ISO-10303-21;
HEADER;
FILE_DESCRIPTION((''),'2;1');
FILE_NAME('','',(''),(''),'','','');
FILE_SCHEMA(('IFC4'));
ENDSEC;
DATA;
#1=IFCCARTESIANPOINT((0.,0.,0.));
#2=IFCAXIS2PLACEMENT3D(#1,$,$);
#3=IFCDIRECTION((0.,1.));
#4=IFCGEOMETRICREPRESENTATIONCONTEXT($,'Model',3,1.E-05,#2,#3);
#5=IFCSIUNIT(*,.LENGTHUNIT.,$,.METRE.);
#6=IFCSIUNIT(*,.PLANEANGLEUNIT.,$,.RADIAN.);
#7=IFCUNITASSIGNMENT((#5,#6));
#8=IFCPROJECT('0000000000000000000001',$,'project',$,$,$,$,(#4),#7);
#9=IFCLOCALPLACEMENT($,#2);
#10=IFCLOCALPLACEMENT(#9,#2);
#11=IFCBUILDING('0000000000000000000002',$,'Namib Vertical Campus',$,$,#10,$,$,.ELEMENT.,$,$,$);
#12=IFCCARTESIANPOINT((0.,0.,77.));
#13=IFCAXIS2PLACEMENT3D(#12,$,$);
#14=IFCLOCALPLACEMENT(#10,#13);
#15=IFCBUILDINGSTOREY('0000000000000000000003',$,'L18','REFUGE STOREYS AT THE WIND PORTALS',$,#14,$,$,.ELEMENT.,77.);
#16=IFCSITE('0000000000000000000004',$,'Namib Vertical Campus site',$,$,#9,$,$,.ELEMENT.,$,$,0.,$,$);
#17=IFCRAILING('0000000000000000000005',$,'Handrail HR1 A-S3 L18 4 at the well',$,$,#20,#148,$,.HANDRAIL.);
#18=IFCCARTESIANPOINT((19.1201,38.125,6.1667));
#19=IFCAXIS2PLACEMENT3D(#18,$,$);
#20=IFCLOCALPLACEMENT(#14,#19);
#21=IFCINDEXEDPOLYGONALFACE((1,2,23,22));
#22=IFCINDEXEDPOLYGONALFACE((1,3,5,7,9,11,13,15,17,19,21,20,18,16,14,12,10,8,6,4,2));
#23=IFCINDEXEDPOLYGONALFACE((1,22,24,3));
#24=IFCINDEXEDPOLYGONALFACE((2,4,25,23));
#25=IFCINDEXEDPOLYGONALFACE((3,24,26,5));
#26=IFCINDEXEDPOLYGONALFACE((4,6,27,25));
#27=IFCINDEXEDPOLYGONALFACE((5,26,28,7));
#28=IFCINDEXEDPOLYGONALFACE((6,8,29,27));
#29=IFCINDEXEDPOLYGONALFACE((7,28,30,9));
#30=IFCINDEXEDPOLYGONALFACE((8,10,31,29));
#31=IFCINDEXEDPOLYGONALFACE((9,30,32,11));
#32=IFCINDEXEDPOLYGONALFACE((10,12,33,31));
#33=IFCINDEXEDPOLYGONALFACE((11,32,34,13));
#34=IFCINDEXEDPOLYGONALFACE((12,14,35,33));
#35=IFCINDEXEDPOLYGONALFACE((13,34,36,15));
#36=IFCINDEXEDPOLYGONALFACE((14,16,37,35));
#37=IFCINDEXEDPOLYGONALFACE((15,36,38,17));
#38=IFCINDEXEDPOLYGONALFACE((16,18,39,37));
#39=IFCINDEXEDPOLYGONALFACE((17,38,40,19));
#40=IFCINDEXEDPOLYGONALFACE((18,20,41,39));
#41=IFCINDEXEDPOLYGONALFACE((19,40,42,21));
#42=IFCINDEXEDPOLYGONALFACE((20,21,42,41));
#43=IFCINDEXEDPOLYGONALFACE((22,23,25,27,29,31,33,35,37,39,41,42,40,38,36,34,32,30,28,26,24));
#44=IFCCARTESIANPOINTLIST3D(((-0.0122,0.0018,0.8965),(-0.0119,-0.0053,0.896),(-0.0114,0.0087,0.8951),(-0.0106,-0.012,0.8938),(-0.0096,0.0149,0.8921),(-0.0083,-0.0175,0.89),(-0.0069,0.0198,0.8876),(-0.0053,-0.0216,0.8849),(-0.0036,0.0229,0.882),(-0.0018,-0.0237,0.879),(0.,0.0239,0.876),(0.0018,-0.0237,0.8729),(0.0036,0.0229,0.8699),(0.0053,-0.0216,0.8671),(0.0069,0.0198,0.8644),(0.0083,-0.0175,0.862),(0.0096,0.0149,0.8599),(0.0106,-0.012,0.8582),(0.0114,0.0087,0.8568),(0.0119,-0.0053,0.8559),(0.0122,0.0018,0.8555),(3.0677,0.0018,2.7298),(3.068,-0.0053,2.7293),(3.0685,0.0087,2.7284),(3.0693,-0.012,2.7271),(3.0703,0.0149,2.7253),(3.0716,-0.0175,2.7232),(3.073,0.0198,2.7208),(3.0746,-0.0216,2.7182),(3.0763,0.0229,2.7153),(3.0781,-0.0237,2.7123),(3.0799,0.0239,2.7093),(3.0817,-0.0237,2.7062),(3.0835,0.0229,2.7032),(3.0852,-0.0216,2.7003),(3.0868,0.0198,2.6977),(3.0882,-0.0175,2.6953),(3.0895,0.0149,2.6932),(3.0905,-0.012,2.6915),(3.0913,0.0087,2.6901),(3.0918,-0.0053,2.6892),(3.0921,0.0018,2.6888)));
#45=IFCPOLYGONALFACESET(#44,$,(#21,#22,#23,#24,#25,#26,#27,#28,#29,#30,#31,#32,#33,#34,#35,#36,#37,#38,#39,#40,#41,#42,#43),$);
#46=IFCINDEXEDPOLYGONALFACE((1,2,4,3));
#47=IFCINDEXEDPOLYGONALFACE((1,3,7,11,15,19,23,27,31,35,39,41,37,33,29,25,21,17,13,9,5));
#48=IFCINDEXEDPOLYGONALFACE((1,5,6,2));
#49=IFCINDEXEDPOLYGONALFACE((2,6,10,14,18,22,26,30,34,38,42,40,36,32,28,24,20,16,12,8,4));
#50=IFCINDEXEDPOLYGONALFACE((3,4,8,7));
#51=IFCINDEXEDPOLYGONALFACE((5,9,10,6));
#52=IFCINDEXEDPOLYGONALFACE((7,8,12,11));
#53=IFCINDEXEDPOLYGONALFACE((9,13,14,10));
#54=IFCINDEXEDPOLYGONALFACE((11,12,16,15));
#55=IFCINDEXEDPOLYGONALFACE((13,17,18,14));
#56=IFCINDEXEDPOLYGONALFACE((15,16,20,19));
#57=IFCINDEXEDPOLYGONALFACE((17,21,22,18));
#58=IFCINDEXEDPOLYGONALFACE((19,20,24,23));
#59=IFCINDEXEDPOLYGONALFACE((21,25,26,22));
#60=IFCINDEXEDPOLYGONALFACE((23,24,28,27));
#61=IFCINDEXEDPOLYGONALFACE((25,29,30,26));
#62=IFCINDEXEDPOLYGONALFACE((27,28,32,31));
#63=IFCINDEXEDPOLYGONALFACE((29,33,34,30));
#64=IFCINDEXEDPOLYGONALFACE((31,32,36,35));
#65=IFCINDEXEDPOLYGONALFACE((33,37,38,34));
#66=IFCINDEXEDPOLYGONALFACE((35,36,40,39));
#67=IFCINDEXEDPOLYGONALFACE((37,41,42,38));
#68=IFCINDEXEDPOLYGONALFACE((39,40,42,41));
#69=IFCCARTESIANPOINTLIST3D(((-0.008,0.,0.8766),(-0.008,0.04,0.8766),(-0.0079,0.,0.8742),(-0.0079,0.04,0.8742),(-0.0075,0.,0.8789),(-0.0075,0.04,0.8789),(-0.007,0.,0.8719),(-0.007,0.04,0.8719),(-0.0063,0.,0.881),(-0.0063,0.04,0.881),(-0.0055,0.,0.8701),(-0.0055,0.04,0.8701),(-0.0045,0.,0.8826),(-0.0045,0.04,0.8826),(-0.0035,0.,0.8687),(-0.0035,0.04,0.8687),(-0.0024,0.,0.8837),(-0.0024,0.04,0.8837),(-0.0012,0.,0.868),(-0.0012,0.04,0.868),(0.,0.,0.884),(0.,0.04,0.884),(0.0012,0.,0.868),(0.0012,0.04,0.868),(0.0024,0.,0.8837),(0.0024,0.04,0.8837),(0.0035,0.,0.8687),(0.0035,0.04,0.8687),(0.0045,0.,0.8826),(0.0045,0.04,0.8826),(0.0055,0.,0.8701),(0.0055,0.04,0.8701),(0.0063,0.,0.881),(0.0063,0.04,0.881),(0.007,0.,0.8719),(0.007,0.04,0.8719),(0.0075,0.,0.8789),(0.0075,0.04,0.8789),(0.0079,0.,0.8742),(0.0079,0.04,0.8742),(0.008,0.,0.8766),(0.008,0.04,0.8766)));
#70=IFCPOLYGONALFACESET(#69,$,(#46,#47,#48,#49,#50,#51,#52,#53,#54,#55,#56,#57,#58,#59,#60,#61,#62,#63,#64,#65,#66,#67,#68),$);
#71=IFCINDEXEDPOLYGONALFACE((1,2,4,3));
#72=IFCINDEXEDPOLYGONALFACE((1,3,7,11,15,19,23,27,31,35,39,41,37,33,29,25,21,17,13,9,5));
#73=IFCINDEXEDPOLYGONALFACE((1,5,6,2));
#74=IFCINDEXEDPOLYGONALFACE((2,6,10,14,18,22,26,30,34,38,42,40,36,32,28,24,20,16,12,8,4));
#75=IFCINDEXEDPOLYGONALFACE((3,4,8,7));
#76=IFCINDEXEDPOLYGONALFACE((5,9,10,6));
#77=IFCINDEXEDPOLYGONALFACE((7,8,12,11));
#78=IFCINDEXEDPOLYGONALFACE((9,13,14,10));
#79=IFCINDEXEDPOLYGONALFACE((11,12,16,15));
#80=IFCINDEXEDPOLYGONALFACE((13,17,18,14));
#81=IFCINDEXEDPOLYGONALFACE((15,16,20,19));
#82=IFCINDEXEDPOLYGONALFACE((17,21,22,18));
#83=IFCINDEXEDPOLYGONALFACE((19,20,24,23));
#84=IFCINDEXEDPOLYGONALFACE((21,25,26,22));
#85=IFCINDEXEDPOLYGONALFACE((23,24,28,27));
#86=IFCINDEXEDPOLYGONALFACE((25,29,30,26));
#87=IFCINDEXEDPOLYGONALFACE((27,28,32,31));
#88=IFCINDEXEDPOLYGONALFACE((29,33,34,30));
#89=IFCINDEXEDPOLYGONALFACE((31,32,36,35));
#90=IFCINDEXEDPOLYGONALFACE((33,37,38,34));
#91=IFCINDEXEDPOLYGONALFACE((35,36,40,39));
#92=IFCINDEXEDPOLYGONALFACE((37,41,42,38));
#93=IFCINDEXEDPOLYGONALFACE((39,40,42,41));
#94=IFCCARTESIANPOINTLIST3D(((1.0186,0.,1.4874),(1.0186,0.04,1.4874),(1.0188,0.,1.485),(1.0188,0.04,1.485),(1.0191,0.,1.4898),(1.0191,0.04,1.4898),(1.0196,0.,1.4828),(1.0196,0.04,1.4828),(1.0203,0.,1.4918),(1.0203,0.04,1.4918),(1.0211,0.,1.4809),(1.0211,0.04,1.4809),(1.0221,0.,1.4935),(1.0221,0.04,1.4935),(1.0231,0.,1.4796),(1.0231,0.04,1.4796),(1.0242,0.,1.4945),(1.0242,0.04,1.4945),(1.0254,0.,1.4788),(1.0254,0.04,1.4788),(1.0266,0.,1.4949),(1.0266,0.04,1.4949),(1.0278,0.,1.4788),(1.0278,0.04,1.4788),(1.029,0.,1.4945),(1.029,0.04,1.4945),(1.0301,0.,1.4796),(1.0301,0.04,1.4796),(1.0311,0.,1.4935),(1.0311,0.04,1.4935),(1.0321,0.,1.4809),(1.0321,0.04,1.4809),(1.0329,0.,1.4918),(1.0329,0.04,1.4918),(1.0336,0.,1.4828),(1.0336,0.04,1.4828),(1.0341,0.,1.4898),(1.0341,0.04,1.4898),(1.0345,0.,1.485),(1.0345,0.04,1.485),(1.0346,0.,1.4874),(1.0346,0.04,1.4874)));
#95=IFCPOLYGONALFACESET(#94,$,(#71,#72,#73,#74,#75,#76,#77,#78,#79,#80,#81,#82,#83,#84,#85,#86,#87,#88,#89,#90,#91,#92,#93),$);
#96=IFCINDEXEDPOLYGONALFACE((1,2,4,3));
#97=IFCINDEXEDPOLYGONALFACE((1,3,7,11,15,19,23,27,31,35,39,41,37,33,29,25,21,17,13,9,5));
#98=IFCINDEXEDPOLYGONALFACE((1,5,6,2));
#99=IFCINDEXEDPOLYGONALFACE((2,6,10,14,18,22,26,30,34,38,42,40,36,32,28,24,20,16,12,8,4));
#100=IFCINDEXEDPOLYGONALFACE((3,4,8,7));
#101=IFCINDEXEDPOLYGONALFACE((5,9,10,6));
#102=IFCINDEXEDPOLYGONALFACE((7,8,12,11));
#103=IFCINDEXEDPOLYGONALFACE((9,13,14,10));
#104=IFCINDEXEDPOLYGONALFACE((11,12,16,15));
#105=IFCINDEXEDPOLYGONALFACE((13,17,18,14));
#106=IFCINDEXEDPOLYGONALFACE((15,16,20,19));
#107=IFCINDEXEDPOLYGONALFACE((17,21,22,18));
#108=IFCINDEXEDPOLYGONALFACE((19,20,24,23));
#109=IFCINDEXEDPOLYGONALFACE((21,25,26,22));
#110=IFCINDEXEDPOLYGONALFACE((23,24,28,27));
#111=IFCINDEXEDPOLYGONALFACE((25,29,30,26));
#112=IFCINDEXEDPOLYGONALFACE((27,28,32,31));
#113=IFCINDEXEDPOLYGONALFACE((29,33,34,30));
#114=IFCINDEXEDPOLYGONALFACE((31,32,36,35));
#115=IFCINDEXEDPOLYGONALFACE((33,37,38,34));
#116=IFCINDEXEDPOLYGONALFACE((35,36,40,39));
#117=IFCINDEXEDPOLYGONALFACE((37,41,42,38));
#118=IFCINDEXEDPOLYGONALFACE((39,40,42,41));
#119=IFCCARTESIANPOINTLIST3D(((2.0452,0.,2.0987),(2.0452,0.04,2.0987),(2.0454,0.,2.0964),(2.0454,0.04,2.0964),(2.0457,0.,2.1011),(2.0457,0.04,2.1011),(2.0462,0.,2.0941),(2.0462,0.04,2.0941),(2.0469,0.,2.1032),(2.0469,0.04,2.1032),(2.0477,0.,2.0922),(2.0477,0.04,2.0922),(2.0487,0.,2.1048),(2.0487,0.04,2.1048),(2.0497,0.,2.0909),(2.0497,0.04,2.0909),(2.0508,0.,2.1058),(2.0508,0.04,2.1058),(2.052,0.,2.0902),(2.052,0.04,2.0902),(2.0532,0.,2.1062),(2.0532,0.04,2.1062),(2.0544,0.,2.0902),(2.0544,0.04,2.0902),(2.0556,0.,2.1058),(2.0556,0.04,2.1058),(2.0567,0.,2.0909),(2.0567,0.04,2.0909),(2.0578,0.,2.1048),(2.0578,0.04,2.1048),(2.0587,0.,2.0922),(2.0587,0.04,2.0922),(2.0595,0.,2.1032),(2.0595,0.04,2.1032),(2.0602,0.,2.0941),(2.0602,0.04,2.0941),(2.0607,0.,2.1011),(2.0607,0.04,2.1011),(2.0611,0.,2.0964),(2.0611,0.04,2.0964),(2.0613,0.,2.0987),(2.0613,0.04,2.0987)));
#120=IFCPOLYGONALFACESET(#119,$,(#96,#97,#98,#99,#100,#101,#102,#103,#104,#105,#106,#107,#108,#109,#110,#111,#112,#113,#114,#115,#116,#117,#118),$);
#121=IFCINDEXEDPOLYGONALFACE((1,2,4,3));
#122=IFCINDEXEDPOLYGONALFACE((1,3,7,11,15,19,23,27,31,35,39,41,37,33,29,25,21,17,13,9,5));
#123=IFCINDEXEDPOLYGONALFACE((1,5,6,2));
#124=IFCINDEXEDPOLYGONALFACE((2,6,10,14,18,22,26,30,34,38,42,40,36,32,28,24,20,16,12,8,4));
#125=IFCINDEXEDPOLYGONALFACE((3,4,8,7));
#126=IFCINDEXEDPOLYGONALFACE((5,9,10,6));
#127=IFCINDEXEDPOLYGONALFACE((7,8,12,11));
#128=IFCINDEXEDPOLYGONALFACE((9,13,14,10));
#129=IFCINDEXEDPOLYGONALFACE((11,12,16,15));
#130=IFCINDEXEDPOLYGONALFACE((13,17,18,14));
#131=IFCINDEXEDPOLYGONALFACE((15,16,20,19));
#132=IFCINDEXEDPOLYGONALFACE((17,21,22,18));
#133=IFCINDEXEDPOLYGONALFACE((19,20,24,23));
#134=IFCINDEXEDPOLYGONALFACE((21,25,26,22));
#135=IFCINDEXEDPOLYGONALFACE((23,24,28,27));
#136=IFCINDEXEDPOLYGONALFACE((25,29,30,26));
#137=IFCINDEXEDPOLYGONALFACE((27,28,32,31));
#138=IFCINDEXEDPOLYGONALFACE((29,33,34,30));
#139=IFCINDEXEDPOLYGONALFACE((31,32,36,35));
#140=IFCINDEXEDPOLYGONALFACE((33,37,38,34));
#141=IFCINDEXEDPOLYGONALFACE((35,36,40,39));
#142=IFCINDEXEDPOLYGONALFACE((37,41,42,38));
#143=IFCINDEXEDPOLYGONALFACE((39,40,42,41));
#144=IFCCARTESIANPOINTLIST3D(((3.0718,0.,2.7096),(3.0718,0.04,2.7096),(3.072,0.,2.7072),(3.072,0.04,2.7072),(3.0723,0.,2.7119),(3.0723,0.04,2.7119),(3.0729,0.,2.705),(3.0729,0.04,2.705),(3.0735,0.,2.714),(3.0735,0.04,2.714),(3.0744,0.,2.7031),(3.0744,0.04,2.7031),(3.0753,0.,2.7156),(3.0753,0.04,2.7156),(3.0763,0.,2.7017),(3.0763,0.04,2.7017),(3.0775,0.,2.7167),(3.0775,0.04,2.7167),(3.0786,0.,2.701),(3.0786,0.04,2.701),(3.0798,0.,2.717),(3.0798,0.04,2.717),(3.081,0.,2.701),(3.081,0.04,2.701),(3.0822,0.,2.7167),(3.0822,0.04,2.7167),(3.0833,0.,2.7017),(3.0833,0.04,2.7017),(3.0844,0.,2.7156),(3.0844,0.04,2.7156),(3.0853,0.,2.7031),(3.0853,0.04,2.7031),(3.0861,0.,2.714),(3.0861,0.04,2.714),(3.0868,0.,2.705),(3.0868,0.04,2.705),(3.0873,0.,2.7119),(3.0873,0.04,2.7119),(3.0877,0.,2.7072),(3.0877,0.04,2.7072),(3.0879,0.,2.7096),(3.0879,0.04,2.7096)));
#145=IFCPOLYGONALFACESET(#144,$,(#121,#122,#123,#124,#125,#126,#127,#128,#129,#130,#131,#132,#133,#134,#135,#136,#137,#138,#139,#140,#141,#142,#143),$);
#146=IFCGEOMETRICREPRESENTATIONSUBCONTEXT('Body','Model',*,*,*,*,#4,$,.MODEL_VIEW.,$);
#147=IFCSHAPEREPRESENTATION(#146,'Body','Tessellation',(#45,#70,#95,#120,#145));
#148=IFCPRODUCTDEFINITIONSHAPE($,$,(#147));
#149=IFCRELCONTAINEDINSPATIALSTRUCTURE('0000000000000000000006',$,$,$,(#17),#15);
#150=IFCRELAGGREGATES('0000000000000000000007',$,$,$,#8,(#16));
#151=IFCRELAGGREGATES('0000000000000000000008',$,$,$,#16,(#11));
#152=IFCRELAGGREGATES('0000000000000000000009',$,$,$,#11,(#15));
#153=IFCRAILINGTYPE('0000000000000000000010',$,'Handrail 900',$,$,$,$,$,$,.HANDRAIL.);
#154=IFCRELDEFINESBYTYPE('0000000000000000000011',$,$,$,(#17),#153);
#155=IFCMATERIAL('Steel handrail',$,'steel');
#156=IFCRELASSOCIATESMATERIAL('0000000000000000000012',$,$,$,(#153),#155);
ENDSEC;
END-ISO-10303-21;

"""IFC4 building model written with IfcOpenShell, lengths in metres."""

from ifc_helpers import new_model, si_unit, direction, frame, origin, origin_2d, place, context, subcontext, project, spatial, circle, extrude, material, type_object, element, save


model = new_model("IFC4")

# Units and contexts
model_context = context("Model", 3, precision=1e-05, world=origin(), true_north=direction((0.0, 1.0)))
body_context = subcontext(model_context, "Body", "Model", "MODEL_VIEW")
ifc_project = project(units=[si_unit("LENGTHUNIT", "METRE"), si_unit("PLANEANGLEUNIT", "RADIAN")], contexts=[model_context])

# Site, building, storey
site_placement = place(None, origin())
site = spatial("IfcSite", under=ifc_project, at=site_placement, Name="Namib Vertical Campus site", CompositionType="ELEMENT", RefElevation=0.0)
building_placement = place(site_placement, origin())
building = spatial("IfcBuilding", under=site, at=building_placement, Name="Namib Vertical Campus", CompositionType="ELEMENT")
storey_placement = place(building_placement, frame((0.0, 0.0, 77.0)))
storey = spatial("IfcBuildingStorey", under=building, at=storey_placement, Name="L18", Description="REFUGE STOREYS AT THE WIND PORTALS", CompositionType="ELEMENT", Elevation=77.0)

# Railing
ifc_material_1 = material(Name="Steel handrail", Category="steel")
railing_type_1 = type_object("IfcRailingType", Name="Handrail 900", PredefinedType="HANDRAIL", material=ifc_material_1)
railing_1_placement = place(storey_placement, frame((19.1201, 38.125, 6.1667)))
element("IfcRailing", 1, at=railing_1_placement, inside=storey, type_object=railing_type_1, Name="Handrail HR1 A-S3 L18 4 at the well", PredefinedType="HANDRAIL", context=body_context, shape_type="SweptSolid", body=[
    extrude(circle(Radius=0.0239, at=origin_2d()), frame((0.0, 0.0, 0.876), z_axis=(0.859291, 0.0, 0.511487), x_axis=(0.0, 1.0, 0.0)), (0.0, 0.0, 1.0), 3.5842),
    extrude(circle(Radius=0.0081, at=origin_2d()), frame((0.0, 0.0, 0.876), z_axis=(0.0, 1.0, 0.0), x_axis=(0.0, 0.0, 1.0)), (0.0, 0.0, 1.0), 0.04),
    extrude(circle(Radius=0.0081, at=origin_2d()), frame((1.0266, 0.0, 1.4868), z_axis=(0.0, 1.0, 0.0), x_axis=(0.0, 0.0, 1.0)), (0.0, 0.0, 1.0), 0.04),
    extrude(circle(Radius=0.0081, at=origin_2d()), frame((2.0532, 0.0, 2.0981), z_axis=(0.0, 1.0, 0.0), x_axis=(0.0, 0.0, 1.0)), (0.0, 0.0, 1.0), 0.04),
    extrude(circle(Radius=0.0081, at=origin_2d()), frame((3.0798, 0.0, 2.709), z_axis=(0.0, 1.0, 0.0), x_axis=(0.0, 0.0, 1.0)), (0.0, 0.0, 1.0), 0.04),
])

save(model, "model.ifc")
